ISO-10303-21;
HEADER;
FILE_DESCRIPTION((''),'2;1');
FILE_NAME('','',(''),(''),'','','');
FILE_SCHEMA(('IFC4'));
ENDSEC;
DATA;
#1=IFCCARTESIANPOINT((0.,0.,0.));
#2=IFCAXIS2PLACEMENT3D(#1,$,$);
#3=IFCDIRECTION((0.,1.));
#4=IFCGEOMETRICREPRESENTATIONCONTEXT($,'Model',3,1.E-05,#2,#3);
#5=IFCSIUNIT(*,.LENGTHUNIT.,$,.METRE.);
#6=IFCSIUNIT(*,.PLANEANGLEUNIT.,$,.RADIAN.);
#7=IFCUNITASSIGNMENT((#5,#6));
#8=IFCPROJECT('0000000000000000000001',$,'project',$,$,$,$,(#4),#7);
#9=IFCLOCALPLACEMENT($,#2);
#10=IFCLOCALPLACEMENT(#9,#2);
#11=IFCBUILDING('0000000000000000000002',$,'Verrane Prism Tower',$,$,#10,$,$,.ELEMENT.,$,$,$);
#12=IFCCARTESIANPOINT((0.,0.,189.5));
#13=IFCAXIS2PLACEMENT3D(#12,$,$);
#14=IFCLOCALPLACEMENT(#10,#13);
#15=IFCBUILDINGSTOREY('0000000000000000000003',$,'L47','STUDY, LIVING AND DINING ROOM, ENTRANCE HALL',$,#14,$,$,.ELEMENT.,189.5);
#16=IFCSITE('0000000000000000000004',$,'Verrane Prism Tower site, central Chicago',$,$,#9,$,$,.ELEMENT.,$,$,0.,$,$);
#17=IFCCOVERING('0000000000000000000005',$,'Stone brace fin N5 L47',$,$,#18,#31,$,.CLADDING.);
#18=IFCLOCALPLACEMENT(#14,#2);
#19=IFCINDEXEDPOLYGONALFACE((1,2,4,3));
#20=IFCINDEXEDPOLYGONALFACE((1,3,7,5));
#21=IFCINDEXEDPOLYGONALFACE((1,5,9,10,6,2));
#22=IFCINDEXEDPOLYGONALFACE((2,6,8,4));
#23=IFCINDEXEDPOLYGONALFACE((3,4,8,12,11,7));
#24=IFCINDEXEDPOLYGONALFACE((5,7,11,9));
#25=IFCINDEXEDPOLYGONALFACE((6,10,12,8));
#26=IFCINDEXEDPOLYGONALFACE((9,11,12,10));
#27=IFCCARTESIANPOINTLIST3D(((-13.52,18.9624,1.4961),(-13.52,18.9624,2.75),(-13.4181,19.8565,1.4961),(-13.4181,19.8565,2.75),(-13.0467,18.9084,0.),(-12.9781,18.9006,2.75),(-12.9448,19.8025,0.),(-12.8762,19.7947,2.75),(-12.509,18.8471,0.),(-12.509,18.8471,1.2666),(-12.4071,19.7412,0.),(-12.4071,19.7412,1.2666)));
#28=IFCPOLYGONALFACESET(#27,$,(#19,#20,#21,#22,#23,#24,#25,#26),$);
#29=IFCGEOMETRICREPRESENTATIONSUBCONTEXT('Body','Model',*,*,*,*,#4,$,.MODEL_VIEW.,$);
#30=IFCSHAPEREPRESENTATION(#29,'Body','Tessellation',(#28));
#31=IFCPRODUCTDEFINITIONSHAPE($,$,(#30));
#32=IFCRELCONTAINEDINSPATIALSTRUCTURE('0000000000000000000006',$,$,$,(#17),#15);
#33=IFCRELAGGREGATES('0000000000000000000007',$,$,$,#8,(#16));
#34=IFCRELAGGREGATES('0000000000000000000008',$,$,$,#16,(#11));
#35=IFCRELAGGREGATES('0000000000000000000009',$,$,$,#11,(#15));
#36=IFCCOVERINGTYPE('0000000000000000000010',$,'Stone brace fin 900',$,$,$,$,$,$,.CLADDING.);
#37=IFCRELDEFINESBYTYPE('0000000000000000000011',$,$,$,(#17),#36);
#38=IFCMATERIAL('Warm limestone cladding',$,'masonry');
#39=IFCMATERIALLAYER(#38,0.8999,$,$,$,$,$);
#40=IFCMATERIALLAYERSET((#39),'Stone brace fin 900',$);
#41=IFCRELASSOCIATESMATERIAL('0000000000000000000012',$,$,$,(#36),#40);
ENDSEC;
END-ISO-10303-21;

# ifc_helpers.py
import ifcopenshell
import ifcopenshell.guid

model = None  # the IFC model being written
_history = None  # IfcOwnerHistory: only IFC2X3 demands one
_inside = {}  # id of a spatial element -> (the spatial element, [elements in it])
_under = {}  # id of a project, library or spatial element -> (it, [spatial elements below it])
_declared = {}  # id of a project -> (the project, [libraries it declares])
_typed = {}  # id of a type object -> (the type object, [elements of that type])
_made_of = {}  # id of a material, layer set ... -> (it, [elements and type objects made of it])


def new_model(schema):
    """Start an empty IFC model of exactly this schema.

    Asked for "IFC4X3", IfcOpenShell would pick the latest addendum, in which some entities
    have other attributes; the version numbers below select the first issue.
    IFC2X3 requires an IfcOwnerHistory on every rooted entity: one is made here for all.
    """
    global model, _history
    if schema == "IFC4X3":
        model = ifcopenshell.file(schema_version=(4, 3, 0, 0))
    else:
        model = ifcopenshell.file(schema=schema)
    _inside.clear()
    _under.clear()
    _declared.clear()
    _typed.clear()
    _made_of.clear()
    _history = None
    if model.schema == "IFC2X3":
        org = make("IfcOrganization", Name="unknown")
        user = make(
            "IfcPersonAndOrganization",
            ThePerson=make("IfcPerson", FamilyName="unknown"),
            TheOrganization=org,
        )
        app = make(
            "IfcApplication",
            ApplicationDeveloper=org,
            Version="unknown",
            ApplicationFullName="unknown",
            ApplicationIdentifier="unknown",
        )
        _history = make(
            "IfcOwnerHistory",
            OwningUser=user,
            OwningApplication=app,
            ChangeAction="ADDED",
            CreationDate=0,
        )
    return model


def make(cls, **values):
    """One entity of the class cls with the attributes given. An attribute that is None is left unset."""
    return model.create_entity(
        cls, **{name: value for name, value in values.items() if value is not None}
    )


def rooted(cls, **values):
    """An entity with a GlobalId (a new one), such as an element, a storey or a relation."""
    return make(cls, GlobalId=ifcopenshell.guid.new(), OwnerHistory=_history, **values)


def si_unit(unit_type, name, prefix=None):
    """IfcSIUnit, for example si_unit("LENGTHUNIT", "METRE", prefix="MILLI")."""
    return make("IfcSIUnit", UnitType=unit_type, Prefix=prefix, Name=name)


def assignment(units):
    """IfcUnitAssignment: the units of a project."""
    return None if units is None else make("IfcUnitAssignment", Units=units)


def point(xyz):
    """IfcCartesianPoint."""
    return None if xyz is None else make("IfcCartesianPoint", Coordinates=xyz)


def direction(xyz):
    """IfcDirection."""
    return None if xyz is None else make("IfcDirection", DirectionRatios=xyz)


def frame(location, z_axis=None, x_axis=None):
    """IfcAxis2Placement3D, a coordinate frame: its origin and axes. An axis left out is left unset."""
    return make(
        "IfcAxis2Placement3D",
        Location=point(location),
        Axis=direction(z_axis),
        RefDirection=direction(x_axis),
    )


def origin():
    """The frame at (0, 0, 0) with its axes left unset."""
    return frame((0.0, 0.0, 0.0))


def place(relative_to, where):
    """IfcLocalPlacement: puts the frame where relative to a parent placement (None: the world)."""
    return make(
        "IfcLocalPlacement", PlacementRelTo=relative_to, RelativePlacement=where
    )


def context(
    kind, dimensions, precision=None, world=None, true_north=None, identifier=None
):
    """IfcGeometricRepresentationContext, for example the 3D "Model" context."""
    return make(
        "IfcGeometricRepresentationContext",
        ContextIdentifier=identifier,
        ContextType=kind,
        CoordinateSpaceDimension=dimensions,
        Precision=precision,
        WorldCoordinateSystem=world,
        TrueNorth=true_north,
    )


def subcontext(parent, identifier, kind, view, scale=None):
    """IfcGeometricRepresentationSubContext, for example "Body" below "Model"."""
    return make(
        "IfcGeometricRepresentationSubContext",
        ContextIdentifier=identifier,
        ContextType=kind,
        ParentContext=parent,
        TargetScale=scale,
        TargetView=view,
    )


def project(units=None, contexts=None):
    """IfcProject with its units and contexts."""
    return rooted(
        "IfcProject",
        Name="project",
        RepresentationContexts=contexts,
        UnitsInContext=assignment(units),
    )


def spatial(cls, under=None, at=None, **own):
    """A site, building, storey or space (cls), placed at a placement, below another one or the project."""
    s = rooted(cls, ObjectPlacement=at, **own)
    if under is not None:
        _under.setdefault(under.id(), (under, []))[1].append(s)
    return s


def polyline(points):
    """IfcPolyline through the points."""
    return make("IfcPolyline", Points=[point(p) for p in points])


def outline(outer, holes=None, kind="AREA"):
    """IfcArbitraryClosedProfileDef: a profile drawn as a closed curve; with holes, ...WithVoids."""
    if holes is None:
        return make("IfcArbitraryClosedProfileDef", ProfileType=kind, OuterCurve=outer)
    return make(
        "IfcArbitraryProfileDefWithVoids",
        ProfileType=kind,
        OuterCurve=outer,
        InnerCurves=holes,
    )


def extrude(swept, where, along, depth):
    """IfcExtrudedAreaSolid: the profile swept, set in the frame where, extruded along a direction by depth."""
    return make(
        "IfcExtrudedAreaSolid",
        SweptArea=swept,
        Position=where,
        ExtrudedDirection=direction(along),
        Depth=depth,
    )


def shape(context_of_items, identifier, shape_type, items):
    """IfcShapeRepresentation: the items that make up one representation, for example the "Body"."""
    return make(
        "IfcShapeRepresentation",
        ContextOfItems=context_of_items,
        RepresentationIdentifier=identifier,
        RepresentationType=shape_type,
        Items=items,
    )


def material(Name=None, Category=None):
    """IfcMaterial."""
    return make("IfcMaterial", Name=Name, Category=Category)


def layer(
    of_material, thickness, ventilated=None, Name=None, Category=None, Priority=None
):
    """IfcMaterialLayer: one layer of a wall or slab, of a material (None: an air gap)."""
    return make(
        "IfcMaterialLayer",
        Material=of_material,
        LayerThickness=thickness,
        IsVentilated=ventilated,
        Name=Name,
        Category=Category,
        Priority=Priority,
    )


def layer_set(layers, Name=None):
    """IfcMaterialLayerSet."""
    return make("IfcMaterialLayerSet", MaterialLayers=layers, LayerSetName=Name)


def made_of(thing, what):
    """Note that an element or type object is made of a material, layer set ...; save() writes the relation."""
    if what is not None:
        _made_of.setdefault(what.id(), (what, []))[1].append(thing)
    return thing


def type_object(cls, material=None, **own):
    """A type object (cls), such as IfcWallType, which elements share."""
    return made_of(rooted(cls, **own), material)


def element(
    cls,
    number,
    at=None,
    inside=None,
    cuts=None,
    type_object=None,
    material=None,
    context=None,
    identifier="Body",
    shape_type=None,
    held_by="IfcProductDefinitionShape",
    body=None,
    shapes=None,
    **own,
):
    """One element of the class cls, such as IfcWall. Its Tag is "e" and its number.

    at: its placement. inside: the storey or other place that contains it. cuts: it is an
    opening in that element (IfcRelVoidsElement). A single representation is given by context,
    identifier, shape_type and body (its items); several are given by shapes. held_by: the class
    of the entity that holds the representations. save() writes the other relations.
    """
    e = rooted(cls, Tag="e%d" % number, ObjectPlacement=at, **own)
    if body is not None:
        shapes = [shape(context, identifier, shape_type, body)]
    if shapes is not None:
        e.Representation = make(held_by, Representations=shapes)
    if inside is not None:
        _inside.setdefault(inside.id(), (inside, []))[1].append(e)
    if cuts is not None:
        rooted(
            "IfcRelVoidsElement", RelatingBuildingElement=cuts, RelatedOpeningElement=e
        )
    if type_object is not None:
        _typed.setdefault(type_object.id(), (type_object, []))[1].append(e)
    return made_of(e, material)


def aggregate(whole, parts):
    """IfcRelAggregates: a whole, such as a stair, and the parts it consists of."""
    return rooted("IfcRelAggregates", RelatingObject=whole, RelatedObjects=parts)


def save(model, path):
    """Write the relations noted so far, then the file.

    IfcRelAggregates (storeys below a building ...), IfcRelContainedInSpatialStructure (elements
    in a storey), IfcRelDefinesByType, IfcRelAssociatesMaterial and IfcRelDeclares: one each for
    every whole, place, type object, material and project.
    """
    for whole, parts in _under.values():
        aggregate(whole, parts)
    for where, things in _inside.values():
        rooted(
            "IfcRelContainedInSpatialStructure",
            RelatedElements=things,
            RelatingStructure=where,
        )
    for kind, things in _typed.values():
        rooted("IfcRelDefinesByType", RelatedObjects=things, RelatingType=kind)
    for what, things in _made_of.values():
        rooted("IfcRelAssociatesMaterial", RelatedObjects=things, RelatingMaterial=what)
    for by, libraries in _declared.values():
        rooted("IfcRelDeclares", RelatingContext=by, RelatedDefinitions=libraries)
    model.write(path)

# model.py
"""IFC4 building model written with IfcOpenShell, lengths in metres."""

from ifc_helpers import new_model, si_unit, direction, frame, origin, place, context, subcontext, project, spatial, polyline, outline, extrude, material, layer, layer_set, type_object, element, save


model = new_model("IFC4")

# Units and contexts
model_context = context("Model", 3, precision=1e-05, world=origin(), true_north=direction((0.0, 1.0)))
body_context = subcontext(model_context, "Body", "Model", "MODEL_VIEW")
ifc_project = project(units=[si_unit("LENGTHUNIT", "METRE"), si_unit("PLANEANGLEUNIT", "RADIAN")], contexts=[model_context])

# Site, building, storey
site_placement = place(None, origin())
site = spatial("IfcSite", under=ifc_project, at=site_placement, Name="Verrane Prism Tower site, central Chicago", CompositionType="ELEMENT", RefElevation=0.0)
building_placement = place(site_placement, origin())
building = spatial("IfcBuilding", under=site, at=building_placement, Name="Verrane Prism Tower", CompositionType="ELEMENT")
storey_placement = place(building_placement, frame((0.0, 0.0, 189.5)))
storey = spatial("IfcBuildingStorey", under=building, at=storey_placement, Name="L47", Description="STUDY, LIVING AND DINING ROOM, ENTRANCE HALL", CompositionType="ELEMENT", Elevation=189.5)

# Covering
ifc_material_1 = material(Name="Warm limestone cladding", Category="masonry")
ifc_layer_1 = layer(ifc_material_1, 0.8999)
ifc_layer_set_1 = layer_set([ifc_layer_1], Name="Stone brace fin 900")
covering_type = type_object("IfcCoveringType", Name="Stone brace fin 900", PredefinedType="CLADDING", material=ifc_layer_set_1)
covering_placement = place(storey_placement, frame((-12.458, 19.2942, 0.0), z_axis=(0.0, 0.0, 1.0), x_axis=(-0.993567, 0.113249, 0.0)))
element("IfcCovering", 1, at=covering_placement, inside=storey, type_object=covering_type, Name="Stone brace fin N5 L47", PredefinedType="CLADDING", context=body_context, shape_type="SweptSolid", body=[
    extrude(outline(polyline([(1.0176, 2.75), (0.4722, 2.75), (0.0, 1.2666), (0.0, 0.0), (0.5413, 0.0), (1.0176, 1.4961), (1.0176, 2.75)])), frame((0.0, 0.45, 0.0), z_axis=(0.0, -1.0, 0.0), x_axis=(1.0, 0.0, 0.0)), (0.0, 0.0, 1.0), 0.8999),
])

save(model, "model.ifc")
